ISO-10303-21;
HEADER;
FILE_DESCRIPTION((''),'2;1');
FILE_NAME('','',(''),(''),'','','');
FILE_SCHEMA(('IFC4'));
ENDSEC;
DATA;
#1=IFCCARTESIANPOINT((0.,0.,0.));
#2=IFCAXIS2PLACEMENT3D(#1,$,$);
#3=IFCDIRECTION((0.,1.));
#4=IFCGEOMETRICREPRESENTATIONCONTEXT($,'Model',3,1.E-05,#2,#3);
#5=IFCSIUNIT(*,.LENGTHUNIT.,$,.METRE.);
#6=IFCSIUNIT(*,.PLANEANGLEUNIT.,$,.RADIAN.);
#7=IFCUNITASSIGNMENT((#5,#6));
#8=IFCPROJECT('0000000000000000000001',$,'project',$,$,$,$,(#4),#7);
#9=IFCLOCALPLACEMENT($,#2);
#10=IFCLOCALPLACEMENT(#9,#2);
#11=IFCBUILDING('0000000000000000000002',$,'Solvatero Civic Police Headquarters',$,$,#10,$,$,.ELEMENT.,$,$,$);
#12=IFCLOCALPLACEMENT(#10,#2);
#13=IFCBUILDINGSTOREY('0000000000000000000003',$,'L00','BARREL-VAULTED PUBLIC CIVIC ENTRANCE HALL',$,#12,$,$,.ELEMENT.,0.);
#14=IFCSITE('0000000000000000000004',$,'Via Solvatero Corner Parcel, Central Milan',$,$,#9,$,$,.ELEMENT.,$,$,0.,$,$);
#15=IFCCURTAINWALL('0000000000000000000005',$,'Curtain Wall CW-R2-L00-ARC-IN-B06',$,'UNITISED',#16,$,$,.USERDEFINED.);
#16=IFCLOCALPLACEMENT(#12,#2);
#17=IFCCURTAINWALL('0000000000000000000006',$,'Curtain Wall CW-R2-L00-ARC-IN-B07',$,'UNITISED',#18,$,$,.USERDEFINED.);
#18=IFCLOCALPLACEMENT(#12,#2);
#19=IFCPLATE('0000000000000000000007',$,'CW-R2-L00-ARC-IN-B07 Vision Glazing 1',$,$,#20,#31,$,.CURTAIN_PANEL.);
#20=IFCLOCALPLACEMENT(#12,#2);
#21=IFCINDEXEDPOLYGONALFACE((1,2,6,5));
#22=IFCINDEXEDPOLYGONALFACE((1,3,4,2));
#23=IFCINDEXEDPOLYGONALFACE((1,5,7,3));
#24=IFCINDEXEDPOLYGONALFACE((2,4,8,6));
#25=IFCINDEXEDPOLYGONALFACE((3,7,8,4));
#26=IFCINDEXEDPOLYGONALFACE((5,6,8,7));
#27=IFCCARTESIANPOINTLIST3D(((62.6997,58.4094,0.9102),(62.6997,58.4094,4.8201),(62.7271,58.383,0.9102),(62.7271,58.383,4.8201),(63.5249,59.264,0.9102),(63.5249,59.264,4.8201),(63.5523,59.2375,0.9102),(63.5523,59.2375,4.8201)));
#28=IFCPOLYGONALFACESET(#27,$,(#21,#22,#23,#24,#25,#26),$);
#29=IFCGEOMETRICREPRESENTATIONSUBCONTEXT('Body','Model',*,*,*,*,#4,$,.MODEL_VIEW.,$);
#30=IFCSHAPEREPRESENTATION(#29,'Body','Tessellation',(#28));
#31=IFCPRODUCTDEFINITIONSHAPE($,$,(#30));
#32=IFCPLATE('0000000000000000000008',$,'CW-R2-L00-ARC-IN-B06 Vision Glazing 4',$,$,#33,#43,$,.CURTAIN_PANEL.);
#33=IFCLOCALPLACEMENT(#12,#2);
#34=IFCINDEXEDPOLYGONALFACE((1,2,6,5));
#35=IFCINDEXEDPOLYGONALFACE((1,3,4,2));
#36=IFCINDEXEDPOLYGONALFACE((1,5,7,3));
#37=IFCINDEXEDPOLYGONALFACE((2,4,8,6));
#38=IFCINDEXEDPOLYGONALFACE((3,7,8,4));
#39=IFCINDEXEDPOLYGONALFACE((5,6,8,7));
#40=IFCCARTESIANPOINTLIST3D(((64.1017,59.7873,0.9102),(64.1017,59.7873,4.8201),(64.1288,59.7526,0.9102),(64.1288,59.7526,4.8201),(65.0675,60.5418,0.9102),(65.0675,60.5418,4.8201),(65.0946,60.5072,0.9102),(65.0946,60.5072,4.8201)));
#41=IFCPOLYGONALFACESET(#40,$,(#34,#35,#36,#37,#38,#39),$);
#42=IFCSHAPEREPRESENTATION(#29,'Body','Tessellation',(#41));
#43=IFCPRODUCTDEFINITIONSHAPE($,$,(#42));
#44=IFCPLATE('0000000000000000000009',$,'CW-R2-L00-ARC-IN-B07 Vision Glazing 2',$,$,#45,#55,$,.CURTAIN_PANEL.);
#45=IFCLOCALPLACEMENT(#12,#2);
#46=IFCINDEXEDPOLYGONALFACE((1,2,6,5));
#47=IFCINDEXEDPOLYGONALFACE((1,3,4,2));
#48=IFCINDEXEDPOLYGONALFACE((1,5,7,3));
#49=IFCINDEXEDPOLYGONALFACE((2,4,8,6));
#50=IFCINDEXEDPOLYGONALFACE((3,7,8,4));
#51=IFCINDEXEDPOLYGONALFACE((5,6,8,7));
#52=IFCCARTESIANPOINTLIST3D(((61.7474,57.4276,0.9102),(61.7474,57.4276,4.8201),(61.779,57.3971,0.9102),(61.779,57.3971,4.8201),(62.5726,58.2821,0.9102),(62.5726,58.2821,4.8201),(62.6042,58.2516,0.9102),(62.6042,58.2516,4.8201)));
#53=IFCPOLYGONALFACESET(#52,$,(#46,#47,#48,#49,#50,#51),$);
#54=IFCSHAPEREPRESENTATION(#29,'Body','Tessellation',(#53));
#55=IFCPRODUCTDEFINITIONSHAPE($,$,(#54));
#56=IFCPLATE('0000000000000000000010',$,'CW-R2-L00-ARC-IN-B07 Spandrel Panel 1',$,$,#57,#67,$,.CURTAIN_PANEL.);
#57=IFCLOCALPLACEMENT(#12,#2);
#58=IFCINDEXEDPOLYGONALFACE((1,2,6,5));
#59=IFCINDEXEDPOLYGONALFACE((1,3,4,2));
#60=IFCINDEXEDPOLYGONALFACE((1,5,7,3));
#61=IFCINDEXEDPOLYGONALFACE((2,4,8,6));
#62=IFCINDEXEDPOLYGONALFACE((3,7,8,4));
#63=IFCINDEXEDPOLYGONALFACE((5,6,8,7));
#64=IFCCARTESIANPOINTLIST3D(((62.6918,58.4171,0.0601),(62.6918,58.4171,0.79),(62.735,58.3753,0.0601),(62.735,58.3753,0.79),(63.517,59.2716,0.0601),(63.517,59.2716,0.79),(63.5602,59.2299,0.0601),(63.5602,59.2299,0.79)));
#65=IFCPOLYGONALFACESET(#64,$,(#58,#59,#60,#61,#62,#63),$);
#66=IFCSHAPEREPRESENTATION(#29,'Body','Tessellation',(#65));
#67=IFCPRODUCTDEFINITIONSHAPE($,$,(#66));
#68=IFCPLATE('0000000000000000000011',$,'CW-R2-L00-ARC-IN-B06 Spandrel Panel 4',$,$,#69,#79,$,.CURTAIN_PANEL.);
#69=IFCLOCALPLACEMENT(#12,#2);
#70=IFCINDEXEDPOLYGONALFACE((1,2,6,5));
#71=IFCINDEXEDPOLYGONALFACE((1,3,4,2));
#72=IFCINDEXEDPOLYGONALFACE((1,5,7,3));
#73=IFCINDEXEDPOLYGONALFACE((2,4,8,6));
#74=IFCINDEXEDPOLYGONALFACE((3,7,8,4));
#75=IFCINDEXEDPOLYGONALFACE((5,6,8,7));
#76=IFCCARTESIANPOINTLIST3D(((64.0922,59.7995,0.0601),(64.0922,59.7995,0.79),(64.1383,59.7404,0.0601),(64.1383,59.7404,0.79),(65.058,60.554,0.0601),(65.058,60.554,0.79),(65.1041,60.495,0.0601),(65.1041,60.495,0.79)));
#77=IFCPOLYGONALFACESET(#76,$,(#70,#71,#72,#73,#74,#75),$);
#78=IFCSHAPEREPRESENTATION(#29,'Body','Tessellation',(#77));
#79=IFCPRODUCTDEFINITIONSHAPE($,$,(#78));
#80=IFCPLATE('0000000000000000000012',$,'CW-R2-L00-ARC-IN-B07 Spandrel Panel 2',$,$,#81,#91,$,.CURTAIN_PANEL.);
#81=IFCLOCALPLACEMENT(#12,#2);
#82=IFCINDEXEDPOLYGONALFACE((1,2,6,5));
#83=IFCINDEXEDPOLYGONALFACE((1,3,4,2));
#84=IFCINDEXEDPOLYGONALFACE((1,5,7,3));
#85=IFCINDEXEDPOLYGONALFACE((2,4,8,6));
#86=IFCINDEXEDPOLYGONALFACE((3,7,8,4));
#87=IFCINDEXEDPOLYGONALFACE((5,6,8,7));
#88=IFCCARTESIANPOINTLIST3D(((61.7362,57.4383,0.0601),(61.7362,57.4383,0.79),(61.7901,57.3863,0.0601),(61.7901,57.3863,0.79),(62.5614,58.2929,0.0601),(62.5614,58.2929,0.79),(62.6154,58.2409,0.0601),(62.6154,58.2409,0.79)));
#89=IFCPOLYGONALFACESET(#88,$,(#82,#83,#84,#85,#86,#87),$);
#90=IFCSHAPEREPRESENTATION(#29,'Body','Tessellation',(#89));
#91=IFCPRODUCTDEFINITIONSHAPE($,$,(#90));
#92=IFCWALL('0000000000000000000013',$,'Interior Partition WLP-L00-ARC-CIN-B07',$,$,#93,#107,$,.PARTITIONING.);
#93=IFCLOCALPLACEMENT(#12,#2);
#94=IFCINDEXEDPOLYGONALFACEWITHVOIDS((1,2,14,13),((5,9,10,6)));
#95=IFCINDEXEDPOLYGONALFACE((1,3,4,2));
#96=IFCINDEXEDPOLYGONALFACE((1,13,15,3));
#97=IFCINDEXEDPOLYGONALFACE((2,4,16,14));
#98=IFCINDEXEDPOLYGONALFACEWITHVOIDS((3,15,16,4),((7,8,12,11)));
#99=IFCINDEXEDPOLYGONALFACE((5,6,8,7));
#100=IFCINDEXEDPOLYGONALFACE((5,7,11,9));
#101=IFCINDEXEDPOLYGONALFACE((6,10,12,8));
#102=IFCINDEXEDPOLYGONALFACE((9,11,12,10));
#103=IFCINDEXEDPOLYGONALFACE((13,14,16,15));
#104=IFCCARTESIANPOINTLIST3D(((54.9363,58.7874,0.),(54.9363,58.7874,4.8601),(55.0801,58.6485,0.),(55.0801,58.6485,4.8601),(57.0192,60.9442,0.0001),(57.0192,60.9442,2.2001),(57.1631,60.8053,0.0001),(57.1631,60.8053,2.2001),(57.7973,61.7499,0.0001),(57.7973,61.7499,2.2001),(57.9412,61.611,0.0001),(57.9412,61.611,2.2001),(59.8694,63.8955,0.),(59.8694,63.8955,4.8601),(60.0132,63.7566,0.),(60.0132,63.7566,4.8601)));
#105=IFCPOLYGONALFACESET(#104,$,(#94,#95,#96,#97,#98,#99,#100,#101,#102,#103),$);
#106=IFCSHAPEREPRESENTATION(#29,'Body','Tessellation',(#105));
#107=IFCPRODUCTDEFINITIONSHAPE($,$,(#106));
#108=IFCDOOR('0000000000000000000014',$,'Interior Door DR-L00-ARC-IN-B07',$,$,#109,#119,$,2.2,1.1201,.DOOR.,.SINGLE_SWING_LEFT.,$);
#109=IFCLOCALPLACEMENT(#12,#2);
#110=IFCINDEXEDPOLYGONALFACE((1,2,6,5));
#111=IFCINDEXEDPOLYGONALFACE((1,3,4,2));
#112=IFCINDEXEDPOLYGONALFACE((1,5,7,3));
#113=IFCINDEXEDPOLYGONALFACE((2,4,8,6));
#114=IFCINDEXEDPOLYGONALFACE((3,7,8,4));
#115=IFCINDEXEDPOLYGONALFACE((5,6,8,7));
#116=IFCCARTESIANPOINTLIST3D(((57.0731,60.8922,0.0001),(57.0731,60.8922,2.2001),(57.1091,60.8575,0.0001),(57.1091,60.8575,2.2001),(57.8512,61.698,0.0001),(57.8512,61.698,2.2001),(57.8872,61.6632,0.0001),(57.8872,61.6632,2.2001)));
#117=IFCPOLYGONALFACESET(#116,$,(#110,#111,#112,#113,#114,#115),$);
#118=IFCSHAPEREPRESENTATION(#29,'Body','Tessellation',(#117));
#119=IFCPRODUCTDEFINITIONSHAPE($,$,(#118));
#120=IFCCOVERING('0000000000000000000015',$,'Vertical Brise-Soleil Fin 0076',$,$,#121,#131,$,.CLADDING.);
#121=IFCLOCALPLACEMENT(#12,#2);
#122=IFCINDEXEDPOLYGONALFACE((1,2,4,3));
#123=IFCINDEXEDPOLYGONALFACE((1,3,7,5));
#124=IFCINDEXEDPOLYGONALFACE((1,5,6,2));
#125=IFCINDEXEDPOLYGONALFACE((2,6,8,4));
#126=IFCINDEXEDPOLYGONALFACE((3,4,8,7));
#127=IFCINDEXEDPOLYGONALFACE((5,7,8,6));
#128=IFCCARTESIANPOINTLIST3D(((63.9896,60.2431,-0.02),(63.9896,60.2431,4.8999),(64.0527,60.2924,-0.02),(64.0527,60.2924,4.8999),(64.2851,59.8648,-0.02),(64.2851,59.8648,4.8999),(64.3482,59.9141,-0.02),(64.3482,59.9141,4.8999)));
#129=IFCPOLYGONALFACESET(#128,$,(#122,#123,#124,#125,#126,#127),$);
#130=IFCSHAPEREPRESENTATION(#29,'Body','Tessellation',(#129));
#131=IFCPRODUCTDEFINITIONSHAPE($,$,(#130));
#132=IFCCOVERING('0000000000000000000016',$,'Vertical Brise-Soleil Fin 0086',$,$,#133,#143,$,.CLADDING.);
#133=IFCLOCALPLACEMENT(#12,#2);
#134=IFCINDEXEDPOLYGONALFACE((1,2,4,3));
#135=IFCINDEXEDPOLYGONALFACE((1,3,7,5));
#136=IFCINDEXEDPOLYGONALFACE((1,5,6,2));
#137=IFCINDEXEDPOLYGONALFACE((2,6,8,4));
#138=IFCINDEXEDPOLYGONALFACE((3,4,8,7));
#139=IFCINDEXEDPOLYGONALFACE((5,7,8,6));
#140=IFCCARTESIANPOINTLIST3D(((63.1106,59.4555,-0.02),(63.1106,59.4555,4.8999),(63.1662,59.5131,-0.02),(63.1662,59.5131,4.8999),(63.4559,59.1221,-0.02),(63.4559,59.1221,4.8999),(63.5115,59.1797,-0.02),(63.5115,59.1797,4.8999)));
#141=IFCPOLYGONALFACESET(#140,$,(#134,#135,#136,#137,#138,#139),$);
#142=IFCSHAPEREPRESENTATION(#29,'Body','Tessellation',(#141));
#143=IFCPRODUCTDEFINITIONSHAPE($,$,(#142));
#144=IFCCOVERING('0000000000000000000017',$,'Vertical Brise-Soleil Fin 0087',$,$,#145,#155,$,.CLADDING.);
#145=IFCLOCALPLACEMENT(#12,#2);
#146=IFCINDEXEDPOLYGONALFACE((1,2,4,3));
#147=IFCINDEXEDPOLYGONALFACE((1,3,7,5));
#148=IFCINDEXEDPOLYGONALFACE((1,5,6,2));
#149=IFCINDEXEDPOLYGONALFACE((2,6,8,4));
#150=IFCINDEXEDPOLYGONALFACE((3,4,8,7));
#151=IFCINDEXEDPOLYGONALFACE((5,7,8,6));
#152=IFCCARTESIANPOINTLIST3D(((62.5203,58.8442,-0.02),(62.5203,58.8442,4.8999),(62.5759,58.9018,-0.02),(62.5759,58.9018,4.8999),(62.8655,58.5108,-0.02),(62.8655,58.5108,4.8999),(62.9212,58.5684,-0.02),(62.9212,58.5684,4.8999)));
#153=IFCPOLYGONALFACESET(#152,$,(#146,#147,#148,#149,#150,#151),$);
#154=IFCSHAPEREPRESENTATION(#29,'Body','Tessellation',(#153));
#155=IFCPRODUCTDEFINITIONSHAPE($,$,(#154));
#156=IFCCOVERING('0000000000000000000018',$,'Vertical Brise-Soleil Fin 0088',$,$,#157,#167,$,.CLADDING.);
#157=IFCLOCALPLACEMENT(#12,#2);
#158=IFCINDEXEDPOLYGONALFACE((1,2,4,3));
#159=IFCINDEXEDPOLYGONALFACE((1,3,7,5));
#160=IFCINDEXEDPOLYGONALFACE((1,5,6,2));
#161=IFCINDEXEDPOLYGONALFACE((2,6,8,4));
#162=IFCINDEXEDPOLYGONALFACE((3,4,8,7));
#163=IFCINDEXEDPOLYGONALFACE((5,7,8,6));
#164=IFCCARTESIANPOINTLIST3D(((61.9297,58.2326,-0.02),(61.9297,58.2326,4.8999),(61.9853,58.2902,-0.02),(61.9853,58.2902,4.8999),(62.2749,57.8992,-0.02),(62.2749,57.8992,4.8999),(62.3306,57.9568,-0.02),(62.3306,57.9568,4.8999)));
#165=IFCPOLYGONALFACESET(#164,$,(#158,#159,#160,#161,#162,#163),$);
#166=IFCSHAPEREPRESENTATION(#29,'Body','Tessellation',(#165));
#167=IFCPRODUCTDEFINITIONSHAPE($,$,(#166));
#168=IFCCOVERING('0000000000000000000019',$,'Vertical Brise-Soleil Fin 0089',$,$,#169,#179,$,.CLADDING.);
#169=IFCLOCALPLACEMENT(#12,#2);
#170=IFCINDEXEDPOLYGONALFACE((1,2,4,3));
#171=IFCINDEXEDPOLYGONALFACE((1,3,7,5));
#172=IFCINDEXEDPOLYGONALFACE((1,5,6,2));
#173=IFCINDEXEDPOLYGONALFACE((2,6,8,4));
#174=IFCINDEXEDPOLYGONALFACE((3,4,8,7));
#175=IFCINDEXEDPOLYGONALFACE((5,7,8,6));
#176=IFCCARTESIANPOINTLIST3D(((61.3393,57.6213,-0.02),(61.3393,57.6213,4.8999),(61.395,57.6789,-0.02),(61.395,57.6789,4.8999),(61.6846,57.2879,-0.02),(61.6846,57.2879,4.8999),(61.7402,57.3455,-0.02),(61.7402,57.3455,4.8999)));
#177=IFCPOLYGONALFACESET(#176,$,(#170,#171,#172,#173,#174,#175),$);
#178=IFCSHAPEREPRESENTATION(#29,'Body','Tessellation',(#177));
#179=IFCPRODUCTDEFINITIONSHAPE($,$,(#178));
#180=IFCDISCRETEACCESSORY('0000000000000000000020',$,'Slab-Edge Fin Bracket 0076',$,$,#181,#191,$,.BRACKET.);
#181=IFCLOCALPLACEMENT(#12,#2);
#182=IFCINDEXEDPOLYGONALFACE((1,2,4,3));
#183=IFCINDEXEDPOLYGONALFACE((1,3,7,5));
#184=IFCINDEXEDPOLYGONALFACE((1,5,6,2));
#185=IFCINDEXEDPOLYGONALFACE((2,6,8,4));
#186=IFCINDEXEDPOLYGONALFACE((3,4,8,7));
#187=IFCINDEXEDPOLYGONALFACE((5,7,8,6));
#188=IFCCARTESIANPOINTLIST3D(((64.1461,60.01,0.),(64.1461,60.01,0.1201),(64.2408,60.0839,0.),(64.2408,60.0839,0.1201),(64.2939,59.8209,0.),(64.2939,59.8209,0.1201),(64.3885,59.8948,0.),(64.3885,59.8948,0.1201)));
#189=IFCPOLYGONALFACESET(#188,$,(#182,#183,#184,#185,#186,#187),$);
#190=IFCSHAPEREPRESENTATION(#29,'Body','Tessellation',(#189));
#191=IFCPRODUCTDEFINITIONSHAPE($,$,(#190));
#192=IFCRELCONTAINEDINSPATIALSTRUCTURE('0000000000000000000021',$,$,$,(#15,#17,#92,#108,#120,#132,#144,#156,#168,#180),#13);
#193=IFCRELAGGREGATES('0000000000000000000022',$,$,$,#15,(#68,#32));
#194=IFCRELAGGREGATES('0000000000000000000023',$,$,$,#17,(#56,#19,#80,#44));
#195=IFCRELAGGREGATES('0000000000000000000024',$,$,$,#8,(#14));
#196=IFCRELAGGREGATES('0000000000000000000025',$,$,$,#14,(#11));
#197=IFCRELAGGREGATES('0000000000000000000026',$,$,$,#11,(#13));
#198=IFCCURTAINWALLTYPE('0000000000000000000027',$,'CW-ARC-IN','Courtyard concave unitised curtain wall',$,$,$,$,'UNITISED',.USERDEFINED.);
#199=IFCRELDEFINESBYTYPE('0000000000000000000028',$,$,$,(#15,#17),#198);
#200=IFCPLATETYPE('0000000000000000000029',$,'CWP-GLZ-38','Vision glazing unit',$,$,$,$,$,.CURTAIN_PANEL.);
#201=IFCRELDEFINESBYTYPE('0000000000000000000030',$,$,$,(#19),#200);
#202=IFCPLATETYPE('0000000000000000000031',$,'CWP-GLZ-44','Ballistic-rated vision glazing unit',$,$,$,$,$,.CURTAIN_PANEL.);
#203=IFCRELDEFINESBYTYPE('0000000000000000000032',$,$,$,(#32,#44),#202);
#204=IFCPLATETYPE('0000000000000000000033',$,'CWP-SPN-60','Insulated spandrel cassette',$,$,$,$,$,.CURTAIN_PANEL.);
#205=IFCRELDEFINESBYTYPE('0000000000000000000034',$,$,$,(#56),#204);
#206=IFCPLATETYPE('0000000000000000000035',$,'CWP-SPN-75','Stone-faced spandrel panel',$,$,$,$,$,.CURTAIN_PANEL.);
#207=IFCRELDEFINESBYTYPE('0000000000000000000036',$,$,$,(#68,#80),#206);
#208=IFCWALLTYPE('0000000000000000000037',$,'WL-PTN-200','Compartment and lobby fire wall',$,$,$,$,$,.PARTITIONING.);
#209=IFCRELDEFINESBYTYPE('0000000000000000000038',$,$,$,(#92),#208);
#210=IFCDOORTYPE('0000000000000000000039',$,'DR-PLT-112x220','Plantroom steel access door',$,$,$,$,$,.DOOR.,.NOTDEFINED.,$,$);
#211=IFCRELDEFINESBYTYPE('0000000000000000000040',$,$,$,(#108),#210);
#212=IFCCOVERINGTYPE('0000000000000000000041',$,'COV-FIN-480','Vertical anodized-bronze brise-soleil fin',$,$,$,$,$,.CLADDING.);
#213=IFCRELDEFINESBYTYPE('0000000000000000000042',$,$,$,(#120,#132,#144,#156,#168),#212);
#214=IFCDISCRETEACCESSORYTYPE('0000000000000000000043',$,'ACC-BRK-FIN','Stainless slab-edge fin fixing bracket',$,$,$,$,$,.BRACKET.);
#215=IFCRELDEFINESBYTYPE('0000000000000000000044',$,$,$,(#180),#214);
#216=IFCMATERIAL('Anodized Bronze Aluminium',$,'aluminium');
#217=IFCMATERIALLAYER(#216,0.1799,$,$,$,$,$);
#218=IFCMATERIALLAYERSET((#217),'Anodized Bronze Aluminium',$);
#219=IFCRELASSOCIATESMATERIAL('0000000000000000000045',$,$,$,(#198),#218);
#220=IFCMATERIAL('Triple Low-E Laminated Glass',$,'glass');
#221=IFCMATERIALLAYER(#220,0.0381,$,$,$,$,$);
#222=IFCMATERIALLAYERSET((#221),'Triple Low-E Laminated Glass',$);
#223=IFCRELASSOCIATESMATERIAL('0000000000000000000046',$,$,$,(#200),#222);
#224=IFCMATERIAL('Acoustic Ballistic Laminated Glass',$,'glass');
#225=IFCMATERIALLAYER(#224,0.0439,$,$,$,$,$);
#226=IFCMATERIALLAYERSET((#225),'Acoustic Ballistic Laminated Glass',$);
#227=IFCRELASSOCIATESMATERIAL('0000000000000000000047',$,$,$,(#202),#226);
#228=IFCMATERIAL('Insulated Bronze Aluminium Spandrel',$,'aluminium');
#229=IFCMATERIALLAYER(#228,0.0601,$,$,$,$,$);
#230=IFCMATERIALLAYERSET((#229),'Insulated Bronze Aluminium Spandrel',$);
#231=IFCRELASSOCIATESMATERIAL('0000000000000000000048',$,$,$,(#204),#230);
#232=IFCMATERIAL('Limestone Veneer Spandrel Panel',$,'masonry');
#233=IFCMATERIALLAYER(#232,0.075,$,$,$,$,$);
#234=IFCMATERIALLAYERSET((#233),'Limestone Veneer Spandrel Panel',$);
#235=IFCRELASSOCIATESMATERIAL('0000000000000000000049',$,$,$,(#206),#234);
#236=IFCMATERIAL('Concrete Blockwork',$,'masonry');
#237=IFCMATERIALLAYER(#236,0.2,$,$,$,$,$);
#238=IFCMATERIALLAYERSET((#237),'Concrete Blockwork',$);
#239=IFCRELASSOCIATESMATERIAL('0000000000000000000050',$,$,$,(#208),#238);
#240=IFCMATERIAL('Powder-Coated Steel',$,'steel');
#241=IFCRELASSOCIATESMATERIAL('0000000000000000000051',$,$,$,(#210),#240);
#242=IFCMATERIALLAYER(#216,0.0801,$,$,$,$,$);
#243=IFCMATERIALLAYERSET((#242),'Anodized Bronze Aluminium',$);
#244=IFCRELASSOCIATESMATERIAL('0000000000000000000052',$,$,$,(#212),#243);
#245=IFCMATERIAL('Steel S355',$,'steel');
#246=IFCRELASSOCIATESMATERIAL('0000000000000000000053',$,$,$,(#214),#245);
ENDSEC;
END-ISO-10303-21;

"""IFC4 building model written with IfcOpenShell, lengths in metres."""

from ifc_helpers import new_model, si_unit, direction, frame, frame_2d, origin, origin_2d, place, context, subcontext, project, spatial, rectangle, extrude, material, layer, layer_set, type_object, element, fill, aggregate, save


model = new_model("IFC4")

# Units and contexts
model_context = context("Model", 3, precision=1e-05, world=origin(), true_north=direction((0.0, 1.0)))
body_context = subcontext(model_context, "Body", "Model", "MODEL_VIEW")
ifc_project = project(units=[si_unit("LENGTHUNIT", "METRE"), si_unit("PLANEANGLEUNIT", "RADIAN")], contexts=[model_context])

# Site, building, storey
site_placement = place(None, origin())
site = spatial("IfcSite", under=ifc_project, at=site_placement, Name="Via Solvatero Corner Parcel, Central Milan", CompositionType="ELEMENT", RefElevation=0.0)
building_placement = place(site_placement, origin())
building = spatial("IfcBuilding", under=site, at=building_placement, Name="Solvatero Civic Police Headquarters", CompositionType="ELEMENT")
storey_placement = place(building_placement, origin())
storey = spatial("IfcBuildingStorey", under=building, at=storey_placement, Name="L00", Description="BARREL-VAULTED PUBLIC CIVIC ENTRANCE HALL", CompositionType="ELEMENT", Elevation=0.0)

# Shared definitions
ifc_material_1 = material(Name="Steel S355", Category="steel")

# Curtain wall
ifc_material_2 = material(Name="Anodized Bronze Aluminium", Category="aluminium")
ifc_layer_1 = layer(ifc_material_2, 0.1799)
ifc_layer_set_1 = layer_set([ifc_layer_1], Name="Anodized Bronze Aluminium")
curtain_wall_type = type_object("IfcCurtainWallType", Name="CW-ARC-IN", Description="Courtyard concave unitised curtain wall", ElementType="UNITISED", PredefinedType="USERDEFINED", material=ifc_layer_set_1)
curtain_wall_1_placement = place(storey_placement, origin())
curtain_wall_1 = element("IfcCurtainWall", 1, at=curtain_wall_1_placement, inside=storey, type_object=curtain_wall_type, Name="Curtain Wall CW-R2-L00-ARC-IN-B06", ObjectType="UNITISED", PredefinedType="USERDEFINED")

# Curtain wall, plate
curtain_wall_2_placement = place(storey_placement, origin())
curtain_wall_2 = element("IfcCurtainWall", 2, at=curtain_wall_2_placement, inside=storey, type_object=curtain_wall_type, Name="Curtain Wall CW-R2-L00-ARC-IN-B07", ObjectType="UNITISED", PredefinedType="USERDEFINED")
ifc_material_3 = material(Name="Triple Low-E Laminated Glass", Category="glass")
ifc_layer_2 = layer(ifc_material_3, 0.0381)
ifc_layer_set_2 = layer_set([ifc_layer_2], Name="Triple Low-E Laminated Glass")
plate_type_1 = type_object("IfcPlateType", Name="CWP-GLZ-38", Description="Vision glazing unit", PredefinedType="CURTAIN_PANEL", material=ifc_layer_set_2)
plate_1_placement = place(storey_placement, frame((63.126, 58.8235, 0.9102), z_axis=(0.0, 0.0, 1.0), x_axis=(-0.694658, -0.71934, 0.0)))
plate_1 = element("IfcPlate", 3, at=plate_1_placement, type_object=plate_type_1, Name="CW-R2-L00-ARC-IN-B07 Vision Glazing 1", PredefinedType="CURTAIN_PANEL", context=body_context, shape_type="SweptSolid", body=[
    extrude(rectangle(XDim=1.188, YDim=0.0381, at=origin_2d()), origin(), (0.0, 0.0, 1.0), 3.9099),
])

# Plates
ifc_material_4 = material(Name="Acoustic Ballistic Laminated Glass", Category="glass")
ifc_layer_3 = layer(ifc_material_4, 0.0439)
ifc_layer_set_3 = layer_set([ifc_layer_3], Name="Acoustic Ballistic Laminated Glass")
plate_type_2 = type_object("IfcPlateType", Name="CWP-GLZ-44", Description="Ballistic-rated vision glazing unit", PredefinedType="CURTAIN_PANEL", material=ifc_layer_set_3)
plate_2_placement = place(storey_placement, frame((64.5981, 60.1472, 0.9102), z_axis=(0.0, 0.0, 1.0), x_axis=(-0.788011, -0.615661, 0.0)))
plate_2 = element("IfcPlate", 4, at=plate_2_placement, type_object=plate_type_2, Name="CW-R2-L00-ARC-IN-B06 Vision Glazing 4", PredefinedType="CURTAIN_PANEL", context=body_context, shape_type="SweptSolid", body=[
    extrude(rectangle(XDim=1.2256, YDim=0.0439, at=origin_2d()), origin(), (0.0, 0.0, 1.0), 3.9099),
])
plate_3_placement = place(storey_placement, frame((62.1758, 57.8396, 0.9102), z_axis=(0.0, 0.0, 1.0), x_axis=(-0.694658, -0.71934, 0.0)))
plate_3 = element("IfcPlate", 5, at=plate_3_placement, type_object=plate_type_2, Name="CW-R2-L00-ARC-IN-B07 Vision Glazing 2", PredefinedType="CURTAIN_PANEL", context=body_context, shape_type="SweptSolid", body=[
    extrude(rectangle(XDim=1.188, YDim=0.0439, at=origin_2d()), origin(), (0.0, 0.0, 1.0), 3.9099),
])
ifc_material_5 = material(Name="Insulated Bronze Aluminium Spandrel", Category="aluminium")
ifc_layer_4 = layer(ifc_material_5, 0.0601)
ifc_layer_set_4 = layer_set([ifc_layer_4], Name="Insulated Bronze Aluminium Spandrel")
plate_type_3 = type_object("IfcPlateType", Name="CWP-SPN-60", Description="Insulated spandrel cassette", PredefinedType="CURTAIN_PANEL", material=ifc_layer_set_4)
plate_4_placement = place(storey_placement, frame((63.126, 58.8235, 0.0601), z_axis=(0.0, 0.0, 1.0), x_axis=(-0.694658, -0.71934, 0.0)))
plate_4 = element("IfcPlate", 6, at=plate_4_placement, type_object=plate_type_3, Name="CW-R2-L00-ARC-IN-B07 Spandrel Panel 1", PredefinedType="CURTAIN_PANEL", context=body_context, shape_type="SweptSolid", body=[
    extrude(rectangle(XDim=1.188, YDim=0.0601, at=origin_2d()), origin(), (0.0, 0.0, 1.0), 0.73),
])
ifc_material_6 = material(Name="Limestone Veneer Spandrel Panel", Category="masonry")
ifc_layer_5 = layer(ifc_material_6, 0.075)
ifc_layer_set_5 = layer_set([ifc_layer_5], Name="Limestone Veneer Spandrel Panel")
plate_type_4 = type_object("IfcPlateType", Name="CWP-SPN-75", Description="Stone-faced spandrel panel", PredefinedType="CURTAIN_PANEL", material=ifc_layer_set_5)
plate_5_placement = place(storey_placement, frame((64.5981, 60.1472, 0.0601), z_axis=(0.0, 0.0, 1.0), x_axis=(-0.788011, -0.615661, 0.0)))
plate_5 = element("IfcPlate", 7, at=plate_5_placement, type_object=plate_type_4, Name="CW-R2-L00-ARC-IN-B06 Spandrel Panel 4", PredefinedType="CURTAIN_PANEL", context=body_context, shape_type="SweptSolid", body=[
    extrude(rectangle(XDim=1.2256, YDim=0.075, at=origin_2d()), origin(), (0.0, 0.0, 1.0), 0.73),
])
aggregate(curtain_wall_1, [plate_5, plate_2])
plate_6_placement = place(storey_placement, frame((62.1758, 57.8396, 0.0601), z_axis=(0.0, 0.0, 1.0), x_axis=(-0.694658, -0.71934, 0.0)))
plate_6 = element("IfcPlate", 8, at=plate_6_placement, type_object=plate_type_4, Name="CW-R2-L00-ARC-IN-B07 Spandrel Panel 2", PredefinedType="CURTAIN_PANEL", context=body_context, shape_type="SweptSolid", body=[
    extrude(rectangle(XDim=1.188, YDim=0.075, at=origin_2d()), origin(), (0.0, 0.0, 1.0), 0.73),
])
aggregate(curtain_wall_2, [plate_4, plate_1, plate_6, plate_3])

# Wall, opening, door
ifc_material_7 = material(Name="Concrete Blockwork", Category="masonry")
ifc_layer_6 = layer(ifc_material_7, 0.2)
ifc_layer_set_6 = layer_set([ifc_layer_6], Name="Concrete Blockwork")
wall_type = type_object("IfcWallType", Name="WL-PTN-200", Description="Compartment and lobby fire wall", PredefinedType="PARTITIONING", material=ifc_layer_set_6)
wall_placement = place(storey_placement, frame((59.9414, 63.8262, 0.0), z_axis=(0.0, 0.0, 1.0), x_axis=(-0.694674, -0.719324, 0.0)))
wall = element("IfcWall", 9, at=wall_placement, inside=storey, type_object=wall_type, Name="Interior Partition WLP-L00-ARC-CIN-B07", PredefinedType="PARTITIONING", context=body_context, shape_type="SweptSolid", body=[
    extrude(rectangle(XDim=7.1013, YDim=0.2, at=frame_2d((3.5508, 0.0))), origin(), (0.0, 0.0, 1.0), 4.8601),
])
opening_placement = place(wall_placement, frame((2.9829, 0.0, 0.0)))
opening = element("IfcOpeningElement", 10, at=opening_placement, cuts=wall, PredefinedType="OPENING", context=body_context, shape_type="SweptSolid", body=[
    extrude(rectangle(XDim=1.1201, YDim=2.2, at=frame_2d((0.5601, 1.1001))), frame((0.0, 0.1099, 0.0), z_axis=(0.0, -1.0, 0.0), x_axis=(1.0, 0.0, 0.0)), (0.0, 0.0, 1.0), 0.22),
])
ifc_material_8 = material(Name="Powder-Coated Steel", Category="steel")
door_type = type_object("IfcDoorType", Name="DR-PLT-112x220", Description="Plantroom steel access door", OperationType="NOTDEFINED", PredefinedType="DOOR", material=ifc_material_8)
door_placement = place(opening_placement, origin())
door = element("IfcDoor", 11, at=door_placement, inside=storey, type_object=door_type, Name="Interior Door DR-L00-ARC-IN-B07", OperationType="SINGLE_SWING_LEFT", OverallHeight=2.2, OverallWidth=1.1201, PredefinedType="DOOR", context=body_context, shape_type="SweptSolid", body=[
    extrude(rectangle(XDim=1.1201, YDim=2.2, at=frame_2d((0.5601, 1.1001))), frame((0.0, 0.0249, 0.0), z_axis=(0.0, -1.0, 0.0), x_axis=(1.0, 0.0, 0.0)), (0.0, 0.0, 1.0), 0.05),
])
fill(opening, door)

# Coverings
ifc_layer_7 = layer(ifc_material_2, 0.0801)
ifc_layer_set_7 = layer_set([ifc_layer_7], Name="Anodized Bronze Aluminium")
covering_type = type_object("IfcCoveringType", Name="COV-FIN-480", Description="Vertical anodized-bronze brise-soleil fin", PredefinedType="CLADDING", material=ifc_layer_set_7)
for number, where, z_axis, x_axis, name in (
    (12, (64.1689, 60.0786, -0.02), (0.0, 0.0, 1.0), (-0.788011, -0.615661, 0.0), "Vertical Brise-Soleil Fin 0076"),
    (13, (63.311, 59.3176, -0.02), (0.0, 0.0, 1.0), (-0.694658, -0.71934, 0.0), "Vertical Brise-Soleil Fin 0086"),
    (14, (62.7207, 58.7063, -0.02), (0.0, 0.0, 1.0), (-0.694658, -0.71934, 0.0), "Vertical Brise-Soleil Fin 0087"),
    (15, (62.1301, 58.0947, -0.02), (0.0, 0.0, 1.0), (-0.694658, -0.71934, 0.0), "Vertical Brise-Soleil Fin 0088"),
    (16, (61.5398, 57.4834, -0.02), (0.0, 0.0, 1.0), (-0.694658, -0.71934, 0.0), "Vertical Brise-Soleil Fin 0089"),
):
    element("IfcCovering", number, at=place(storey_placement, frame(where, z_axis=z_axis, x_axis=x_axis)), inside=storey, type_object=covering_type, Name=name, PredefinedType="CLADDING", context=body_context, shape_type="SweptSolid", body=[
        extrude(rectangle(XDim=0.0801, YDim=0.48, at=origin_2d()), origin(), (0.0, 0.0, 1.0), 4.9199),
    ])

# Discrete accessory
discrete_accessory_type = type_object("IfcDiscreteAccessoryType", Name="ACC-BRK-FIN", Description="Stainless slab-edge fin fixing bracket", PredefinedType="BRACKET", material=ifc_material_1)
for number, where, z_axis, x_axis, name in (
    (17, (64.2673, 59.9524, 0.0), (0.0, 0.0, 1.0), (-0.788011, -0.615661, 0.0), "Slab-Edge Fin Bracket 0076"),
):
    element("IfcDiscreteAccessory", number, at=place(storey_placement, frame(where, z_axis=z_axis, x_axis=x_axis)), inside=storey, type_object=discrete_accessory_type, Name=name, PredefinedType="BRACKET", context=body_context, shape_type="SweptSolid", body=[
        extrude(rectangle(XDim=0.1201, YDim=0.24, at=origin_2d()), origin(), (0.0, 0.0, 1.0), 0.1201),
    ])

save(model, "model.ifc")
